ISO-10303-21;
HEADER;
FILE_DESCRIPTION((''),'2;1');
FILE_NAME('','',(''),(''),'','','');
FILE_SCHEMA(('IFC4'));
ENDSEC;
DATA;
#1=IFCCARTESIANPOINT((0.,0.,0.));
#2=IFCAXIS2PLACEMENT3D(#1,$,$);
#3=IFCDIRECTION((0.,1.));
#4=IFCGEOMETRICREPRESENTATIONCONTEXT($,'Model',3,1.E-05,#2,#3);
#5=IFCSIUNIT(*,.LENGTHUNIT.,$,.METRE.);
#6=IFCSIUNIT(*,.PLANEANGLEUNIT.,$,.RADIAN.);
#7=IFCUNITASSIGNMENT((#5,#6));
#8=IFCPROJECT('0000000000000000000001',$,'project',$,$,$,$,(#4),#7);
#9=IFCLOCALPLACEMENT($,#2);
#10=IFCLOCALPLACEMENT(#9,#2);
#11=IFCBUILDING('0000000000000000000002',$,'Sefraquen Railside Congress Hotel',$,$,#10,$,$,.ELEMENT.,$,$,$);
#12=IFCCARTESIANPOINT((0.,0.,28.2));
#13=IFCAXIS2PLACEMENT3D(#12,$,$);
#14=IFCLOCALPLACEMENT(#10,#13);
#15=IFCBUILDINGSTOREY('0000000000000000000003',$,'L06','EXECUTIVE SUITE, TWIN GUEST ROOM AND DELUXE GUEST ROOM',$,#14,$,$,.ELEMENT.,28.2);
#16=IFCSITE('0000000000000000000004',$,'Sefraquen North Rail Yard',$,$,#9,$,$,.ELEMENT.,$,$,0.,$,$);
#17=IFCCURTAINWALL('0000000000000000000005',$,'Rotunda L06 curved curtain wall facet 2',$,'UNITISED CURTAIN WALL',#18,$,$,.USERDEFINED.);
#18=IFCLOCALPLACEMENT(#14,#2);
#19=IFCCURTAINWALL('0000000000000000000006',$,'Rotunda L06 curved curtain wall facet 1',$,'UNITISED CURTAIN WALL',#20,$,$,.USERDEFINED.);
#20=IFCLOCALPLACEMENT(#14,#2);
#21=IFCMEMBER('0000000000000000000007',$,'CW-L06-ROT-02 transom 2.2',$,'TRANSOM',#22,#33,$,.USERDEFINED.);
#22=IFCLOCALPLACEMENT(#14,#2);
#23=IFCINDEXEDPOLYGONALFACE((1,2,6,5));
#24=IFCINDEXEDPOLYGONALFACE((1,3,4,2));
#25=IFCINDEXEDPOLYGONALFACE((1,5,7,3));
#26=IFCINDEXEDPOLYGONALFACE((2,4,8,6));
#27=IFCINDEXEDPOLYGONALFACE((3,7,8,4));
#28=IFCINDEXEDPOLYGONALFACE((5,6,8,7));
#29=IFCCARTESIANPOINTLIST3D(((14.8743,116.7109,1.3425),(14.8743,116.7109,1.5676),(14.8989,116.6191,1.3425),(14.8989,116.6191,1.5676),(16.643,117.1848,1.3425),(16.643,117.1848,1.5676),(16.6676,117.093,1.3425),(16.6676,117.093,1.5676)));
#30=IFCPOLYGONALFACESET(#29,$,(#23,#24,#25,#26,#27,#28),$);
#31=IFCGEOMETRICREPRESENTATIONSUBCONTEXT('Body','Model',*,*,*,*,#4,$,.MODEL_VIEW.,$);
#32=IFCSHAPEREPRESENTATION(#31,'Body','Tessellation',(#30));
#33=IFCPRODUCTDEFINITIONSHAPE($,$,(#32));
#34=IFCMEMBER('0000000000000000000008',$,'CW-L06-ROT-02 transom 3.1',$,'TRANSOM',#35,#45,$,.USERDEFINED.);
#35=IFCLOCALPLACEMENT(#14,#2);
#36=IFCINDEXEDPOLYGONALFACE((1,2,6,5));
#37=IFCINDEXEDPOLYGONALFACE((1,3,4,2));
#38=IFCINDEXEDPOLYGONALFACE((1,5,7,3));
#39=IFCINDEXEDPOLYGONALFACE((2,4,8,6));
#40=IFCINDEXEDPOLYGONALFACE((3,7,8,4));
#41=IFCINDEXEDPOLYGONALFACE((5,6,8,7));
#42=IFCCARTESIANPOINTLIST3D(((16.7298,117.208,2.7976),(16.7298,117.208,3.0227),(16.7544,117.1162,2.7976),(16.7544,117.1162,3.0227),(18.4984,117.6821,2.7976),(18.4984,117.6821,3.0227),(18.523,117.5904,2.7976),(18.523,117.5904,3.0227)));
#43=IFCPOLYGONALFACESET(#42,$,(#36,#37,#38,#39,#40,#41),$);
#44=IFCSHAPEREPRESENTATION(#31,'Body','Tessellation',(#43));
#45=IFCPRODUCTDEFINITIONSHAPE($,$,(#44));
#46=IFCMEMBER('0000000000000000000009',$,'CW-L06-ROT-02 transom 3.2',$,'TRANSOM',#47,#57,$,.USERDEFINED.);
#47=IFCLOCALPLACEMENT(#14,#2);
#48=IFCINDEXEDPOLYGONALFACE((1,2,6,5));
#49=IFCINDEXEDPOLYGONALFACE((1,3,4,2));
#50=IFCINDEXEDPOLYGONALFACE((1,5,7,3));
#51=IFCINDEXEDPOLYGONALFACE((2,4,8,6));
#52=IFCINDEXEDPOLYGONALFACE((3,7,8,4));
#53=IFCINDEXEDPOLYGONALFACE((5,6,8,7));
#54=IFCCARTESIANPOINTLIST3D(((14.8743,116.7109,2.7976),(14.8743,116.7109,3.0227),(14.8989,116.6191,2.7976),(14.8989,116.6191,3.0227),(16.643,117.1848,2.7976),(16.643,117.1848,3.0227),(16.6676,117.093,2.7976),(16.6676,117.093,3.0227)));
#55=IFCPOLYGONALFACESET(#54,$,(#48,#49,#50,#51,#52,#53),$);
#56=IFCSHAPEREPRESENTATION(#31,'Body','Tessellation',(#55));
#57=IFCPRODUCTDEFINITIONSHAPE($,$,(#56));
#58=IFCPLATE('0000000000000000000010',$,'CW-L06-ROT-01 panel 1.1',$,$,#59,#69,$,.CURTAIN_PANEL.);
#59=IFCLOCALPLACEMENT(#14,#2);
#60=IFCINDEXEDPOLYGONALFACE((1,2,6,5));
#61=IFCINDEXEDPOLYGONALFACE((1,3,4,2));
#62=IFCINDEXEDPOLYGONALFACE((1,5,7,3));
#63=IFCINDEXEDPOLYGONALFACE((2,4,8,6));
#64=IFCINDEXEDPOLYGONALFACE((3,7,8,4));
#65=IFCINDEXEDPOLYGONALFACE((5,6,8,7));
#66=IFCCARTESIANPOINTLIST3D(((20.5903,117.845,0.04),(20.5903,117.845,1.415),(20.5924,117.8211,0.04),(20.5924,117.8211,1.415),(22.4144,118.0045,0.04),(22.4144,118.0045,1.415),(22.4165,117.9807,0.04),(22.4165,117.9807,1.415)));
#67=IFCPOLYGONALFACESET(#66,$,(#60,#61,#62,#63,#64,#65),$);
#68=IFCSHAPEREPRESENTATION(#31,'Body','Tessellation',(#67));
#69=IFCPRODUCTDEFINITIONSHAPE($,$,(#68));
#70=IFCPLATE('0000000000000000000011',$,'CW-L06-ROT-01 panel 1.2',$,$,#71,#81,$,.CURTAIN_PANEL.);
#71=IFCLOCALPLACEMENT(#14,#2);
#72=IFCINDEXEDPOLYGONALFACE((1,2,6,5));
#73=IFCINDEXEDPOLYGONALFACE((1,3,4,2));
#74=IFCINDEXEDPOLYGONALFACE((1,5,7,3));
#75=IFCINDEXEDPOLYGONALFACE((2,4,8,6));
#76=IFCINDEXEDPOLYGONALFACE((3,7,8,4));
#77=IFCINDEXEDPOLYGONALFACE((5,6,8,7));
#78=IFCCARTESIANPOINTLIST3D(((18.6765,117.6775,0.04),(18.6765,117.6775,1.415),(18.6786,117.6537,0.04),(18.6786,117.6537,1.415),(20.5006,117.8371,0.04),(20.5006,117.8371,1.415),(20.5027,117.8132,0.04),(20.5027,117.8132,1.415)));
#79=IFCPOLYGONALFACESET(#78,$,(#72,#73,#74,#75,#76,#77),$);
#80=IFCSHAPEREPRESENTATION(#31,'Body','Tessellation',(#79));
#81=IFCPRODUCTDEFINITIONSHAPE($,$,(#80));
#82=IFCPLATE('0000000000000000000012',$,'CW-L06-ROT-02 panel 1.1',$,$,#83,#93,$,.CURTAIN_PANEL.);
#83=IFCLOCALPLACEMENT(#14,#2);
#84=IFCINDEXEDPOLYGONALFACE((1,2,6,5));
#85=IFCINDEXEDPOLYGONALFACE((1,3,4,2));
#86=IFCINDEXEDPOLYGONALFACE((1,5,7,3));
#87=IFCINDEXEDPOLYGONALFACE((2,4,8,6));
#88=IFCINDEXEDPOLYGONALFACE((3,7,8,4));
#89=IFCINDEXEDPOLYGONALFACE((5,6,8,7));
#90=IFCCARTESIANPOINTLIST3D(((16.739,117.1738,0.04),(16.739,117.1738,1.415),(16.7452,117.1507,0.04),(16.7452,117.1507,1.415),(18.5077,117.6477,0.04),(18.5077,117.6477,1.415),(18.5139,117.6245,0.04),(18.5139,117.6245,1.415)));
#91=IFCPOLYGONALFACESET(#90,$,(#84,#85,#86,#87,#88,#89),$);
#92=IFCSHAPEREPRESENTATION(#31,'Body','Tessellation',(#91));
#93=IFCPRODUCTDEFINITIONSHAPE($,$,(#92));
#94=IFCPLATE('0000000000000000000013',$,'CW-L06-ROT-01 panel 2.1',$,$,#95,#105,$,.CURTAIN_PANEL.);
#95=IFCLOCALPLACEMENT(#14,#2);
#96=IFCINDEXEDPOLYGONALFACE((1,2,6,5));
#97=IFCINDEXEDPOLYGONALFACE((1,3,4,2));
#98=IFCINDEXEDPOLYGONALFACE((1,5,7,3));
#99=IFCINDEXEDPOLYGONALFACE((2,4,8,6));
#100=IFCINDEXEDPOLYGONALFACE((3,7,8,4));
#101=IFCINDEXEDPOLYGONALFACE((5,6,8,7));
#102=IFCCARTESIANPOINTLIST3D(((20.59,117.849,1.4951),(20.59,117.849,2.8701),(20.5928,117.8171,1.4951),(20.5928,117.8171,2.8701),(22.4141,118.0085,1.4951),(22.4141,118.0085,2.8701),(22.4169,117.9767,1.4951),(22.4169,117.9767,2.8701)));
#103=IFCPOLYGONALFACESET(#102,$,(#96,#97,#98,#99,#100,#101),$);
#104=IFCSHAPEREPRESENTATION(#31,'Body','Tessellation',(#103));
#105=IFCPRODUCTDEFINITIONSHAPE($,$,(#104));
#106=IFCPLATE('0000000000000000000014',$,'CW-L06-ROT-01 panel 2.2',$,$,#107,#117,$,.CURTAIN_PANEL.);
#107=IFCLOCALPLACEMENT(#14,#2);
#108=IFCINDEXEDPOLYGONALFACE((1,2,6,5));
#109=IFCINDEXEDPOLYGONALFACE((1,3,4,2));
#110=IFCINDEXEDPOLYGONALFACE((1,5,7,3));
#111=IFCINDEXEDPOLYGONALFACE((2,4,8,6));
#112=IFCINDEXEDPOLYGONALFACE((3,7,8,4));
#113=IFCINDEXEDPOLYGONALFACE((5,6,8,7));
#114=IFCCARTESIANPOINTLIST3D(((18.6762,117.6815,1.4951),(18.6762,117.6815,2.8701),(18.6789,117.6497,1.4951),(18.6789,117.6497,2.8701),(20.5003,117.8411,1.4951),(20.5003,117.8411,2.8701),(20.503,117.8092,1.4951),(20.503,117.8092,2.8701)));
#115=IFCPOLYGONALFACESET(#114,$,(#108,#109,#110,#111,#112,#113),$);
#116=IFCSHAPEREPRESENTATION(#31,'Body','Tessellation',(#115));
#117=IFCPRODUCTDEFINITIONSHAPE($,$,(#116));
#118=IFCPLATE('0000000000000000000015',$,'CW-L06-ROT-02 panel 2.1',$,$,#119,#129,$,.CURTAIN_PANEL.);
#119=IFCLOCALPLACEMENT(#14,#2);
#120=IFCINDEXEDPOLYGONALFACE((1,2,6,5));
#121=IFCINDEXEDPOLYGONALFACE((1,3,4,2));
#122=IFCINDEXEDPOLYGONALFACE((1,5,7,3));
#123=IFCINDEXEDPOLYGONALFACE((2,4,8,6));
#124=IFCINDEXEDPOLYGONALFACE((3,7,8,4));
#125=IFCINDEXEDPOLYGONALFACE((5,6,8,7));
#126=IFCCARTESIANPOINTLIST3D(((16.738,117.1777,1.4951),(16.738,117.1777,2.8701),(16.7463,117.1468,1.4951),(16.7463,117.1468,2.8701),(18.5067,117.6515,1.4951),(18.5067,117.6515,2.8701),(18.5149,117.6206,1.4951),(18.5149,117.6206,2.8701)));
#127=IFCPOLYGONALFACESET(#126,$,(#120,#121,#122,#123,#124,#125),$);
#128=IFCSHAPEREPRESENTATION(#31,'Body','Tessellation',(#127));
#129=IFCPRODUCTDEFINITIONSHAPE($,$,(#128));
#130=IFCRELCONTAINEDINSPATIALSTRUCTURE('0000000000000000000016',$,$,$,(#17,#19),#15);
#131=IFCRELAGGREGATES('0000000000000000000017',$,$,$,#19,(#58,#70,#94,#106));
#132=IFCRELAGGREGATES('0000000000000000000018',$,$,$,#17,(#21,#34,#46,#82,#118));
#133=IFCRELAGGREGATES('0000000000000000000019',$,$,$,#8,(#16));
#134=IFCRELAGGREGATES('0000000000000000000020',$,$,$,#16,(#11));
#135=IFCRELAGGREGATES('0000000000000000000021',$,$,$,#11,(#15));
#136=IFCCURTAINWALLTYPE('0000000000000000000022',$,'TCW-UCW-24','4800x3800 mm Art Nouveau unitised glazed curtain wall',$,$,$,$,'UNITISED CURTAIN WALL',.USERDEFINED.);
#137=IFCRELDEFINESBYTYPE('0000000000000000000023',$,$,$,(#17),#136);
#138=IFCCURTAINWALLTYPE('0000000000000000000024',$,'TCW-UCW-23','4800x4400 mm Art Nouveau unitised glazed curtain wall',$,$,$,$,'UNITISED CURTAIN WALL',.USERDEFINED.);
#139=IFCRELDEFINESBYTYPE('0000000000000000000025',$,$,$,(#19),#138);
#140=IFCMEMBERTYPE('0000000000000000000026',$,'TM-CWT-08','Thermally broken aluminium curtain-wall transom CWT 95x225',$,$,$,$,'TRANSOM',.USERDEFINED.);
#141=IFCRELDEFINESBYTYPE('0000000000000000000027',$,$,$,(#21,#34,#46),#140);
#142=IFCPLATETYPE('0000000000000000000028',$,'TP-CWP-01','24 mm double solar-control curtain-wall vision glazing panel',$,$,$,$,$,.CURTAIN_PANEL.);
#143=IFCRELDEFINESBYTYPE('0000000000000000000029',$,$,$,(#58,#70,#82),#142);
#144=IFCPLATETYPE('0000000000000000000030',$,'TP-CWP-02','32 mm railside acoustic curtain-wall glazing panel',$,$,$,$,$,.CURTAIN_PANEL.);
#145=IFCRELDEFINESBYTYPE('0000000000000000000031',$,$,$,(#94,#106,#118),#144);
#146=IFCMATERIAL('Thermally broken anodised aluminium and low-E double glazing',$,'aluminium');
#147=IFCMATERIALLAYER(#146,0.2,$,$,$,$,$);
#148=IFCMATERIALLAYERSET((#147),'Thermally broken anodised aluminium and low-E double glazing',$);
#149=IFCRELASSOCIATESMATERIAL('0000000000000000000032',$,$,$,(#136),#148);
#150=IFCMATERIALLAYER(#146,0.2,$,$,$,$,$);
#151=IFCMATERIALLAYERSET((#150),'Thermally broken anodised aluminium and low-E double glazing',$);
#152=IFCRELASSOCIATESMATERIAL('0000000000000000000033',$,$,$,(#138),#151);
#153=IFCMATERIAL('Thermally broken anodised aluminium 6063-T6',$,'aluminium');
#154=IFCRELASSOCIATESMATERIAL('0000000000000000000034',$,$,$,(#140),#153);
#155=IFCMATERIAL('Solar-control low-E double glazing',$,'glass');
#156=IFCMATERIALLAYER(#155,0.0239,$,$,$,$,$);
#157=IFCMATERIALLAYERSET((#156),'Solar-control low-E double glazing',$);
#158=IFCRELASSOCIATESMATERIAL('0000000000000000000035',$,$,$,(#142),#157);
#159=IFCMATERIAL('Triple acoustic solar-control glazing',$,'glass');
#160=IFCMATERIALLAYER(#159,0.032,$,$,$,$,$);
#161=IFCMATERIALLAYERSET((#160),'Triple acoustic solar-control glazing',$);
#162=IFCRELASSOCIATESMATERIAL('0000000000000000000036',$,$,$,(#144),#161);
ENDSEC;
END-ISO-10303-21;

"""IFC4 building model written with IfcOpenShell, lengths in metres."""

from ifc_helpers import new_model, si_unit, direction, frame, origin, origin_2d, place, context, subcontext, project, spatial, rectangle, extrude, material, layer, layer_set, material_profile, profile_set, type_object, element, aggregate, save


model = new_model("IFC4")

# Units and contexts
model_context = context("Model", 3, precision=1e-05, world=origin(), true_north=direction((0.0, 1.0)))
body_context = subcontext(model_context, "Body", "Model", "MODEL_VIEW")
ifc_project = project(units=[si_unit("LENGTHUNIT", "METRE"), si_unit("PLANEANGLEUNIT", "RADIAN")], contexts=[model_context])

# Site, building, storey
site_placement = place(None, origin())
site = spatial("IfcSite", under=ifc_project, at=site_placement, Name="Sefraquen North Rail Yard", CompositionType="ELEMENT", RefElevation=0.0)
building_placement = place(site_placement, origin())
building = spatial("IfcBuilding", under=site, at=building_placement, Name="Sefraquen Railside Congress Hotel", CompositionType="ELEMENT")
storey_placement = place(building_placement, frame((0.0, 0.0, 28.2)))
storey = spatial("IfcBuildingStorey", under=building, at=storey_placement, Name="L06", Description="EXECUTIVE SUITE, TWIN GUEST ROOM AND DELUXE GUEST ROOM", CompositionType="ELEMENT", Elevation=28.2)

# Curtain wall
ifc_material_1 = material(Name="Thermally broken anodised aluminium and low-E double glazing", Category="aluminium")
ifc_layer_1 = layer(ifc_material_1, 0.2)
ifc_layer_set_1 = layer_set([ifc_layer_1], Name="Thermally broken anodised aluminium and low-E double glazing")
curtain_wall_type_1 = type_object("IfcCurtainWallType", Name="TCW-UCW-24", Description="4800x3800 mm Art Nouveau unitised glazed curtain wall", ElementType="UNITISED CURTAIN WALL", PredefinedType="USERDEFINED", material=ifc_layer_set_1)
curtain_wall_1_placement = place(storey_placement, origin())
curtain_wall_1 = element("IfcCurtainWall", 1, at=curtain_wall_1_placement, inside=storey, type_object=curtain_wall_type_1, Name="Rotunda L06 curved curtain wall facet 2", ObjectType="UNITISED CURTAIN WALL", PredefinedType="USERDEFINED")
ifc_material_2 = material(Name="Thermally broken anodised aluminium 6063-T6", Category="aluminium")

# Curtain wall
ifc_layer_2 = layer(ifc_material_1, 0.2)
ifc_layer_set_2 = layer_set([ifc_layer_2], Name="Thermally broken anodised aluminium and low-E double glazing")
curtain_wall_type_2 = type_object("IfcCurtainWallType", Name="TCW-UCW-23", Description="4800x4400 mm Art Nouveau unitised glazed curtain wall", ElementType="UNITISED CURTAIN WALL", PredefinedType="USERDEFINED", material=ifc_layer_set_2)
curtain_wall_2_placement = place(storey_placement, origin())
curtain_wall_2 = element("IfcCurtainWall", 2, at=curtain_wall_2_placement, inside=storey, type_object=curtain_wall_type_2, Name="Rotunda L06 curved curtain wall facet 1", ObjectType="UNITISED CURTAIN WALL", PredefinedType="USERDEFINED")

# Members
ifc_material_profile_1 = material_profile(ifc_material_2, rectangle(XDim=0.095, YDim=0.2251, at=origin_2d()), Name="CWT 95x225")
ifc_profile_set_1 = profile_set([ifc_material_profile_1], Name="Thermally broken anodised aluminium 6063-T6")
member_type_1 = type_object("IfcMemberType", Name="TM-CWT-08", Description="Thermally broken aluminium curtain-wall transom CWT 95x225", ElementType="TRANSOM", PredefinedType="USERDEFINED", material=ifc_profile_set_1)
member_1_placement = place(storey_placement, frame((16.6553, 117.1389, 1.4551), z_axis=(-0.965927, -0.258816, 0.0), x_axis=(0.258816, -0.965927, 0.0)))
member_1 = element("IfcMember", 3, at=member_1_placement, type_object=member_type_1, Name="CW-L06-ROT-02 transom 2.2", ObjectType="TRANSOM", PredefinedType="USERDEFINED", context=body_context, shape_type="SweptSolid", body=[
    extrude(rectangle(XDim=0.095, YDim=0.2251, at=origin_2d()), origin(), (0.0, 0.0, 1.0), 1.8311),
])
member_2_placement = place(storey_placement, frame((18.5107, 117.6362, 2.9102), z_axis=(-0.965893, -0.25894, 0.0), x_axis=(0.25894, -0.965893, 0.0)))
member_2 = element("IfcMember", 4, at=member_2_placement, type_object=member_type_1, Name="CW-L06-ROT-02 transom 3.1", ObjectType="TRANSOM", PredefinedType="USERDEFINED", context=body_context, shape_type="SweptSolid", body=[
    extrude(rectangle(XDim=0.095, YDim=0.2251, at=origin_2d()), origin(), (0.0, 0.0, 1.0), 1.8311),
])
member_3_placement = place(storey_placement, frame((16.6553, 117.1389, 2.9102), z_axis=(-0.965927, -0.258816, 0.0), x_axis=(0.258816, -0.965927, 0.0)))
member_3 = element("IfcMember", 5, at=member_3_placement, type_object=member_type_1, Name="CW-L06-ROT-02 transom 3.2", ObjectType="TRANSOM", PredefinedType="USERDEFINED", context=body_context, shape_type="SweptSolid", body=[
    extrude(rectangle(XDim=0.095, YDim=0.2251, at=origin_2d()), origin(), (0.0, 0.0, 1.0), 1.8311),
])

# Plates
ifc_material_3 = material(Name="Solar-control low-E double glazing", Category="glass")
ifc_layer_3 = layer(ifc_material_3, 0.0239)
ifc_layer_set_3 = layer_set([ifc_layer_3], Name="Solar-control low-E double glazing")
plate_type_1 = type_object("IfcPlateType", Name="TP-CWP-01", Description="24 mm double solar-control curtain-wall vision glazing panel", PredefinedType="CURTAIN_PANEL", material=ifc_layer_set_3)
plate_1_placement = place(storey_placement, frame((21.5034, 117.9128, 0.04), z_axis=(0.0, 0.0, 1.0), x_axis=(-0.996196, -0.087138, 0.0)))
plate_1 = element("IfcPlate", 6, at=plate_1_placement, type_object=plate_type_1, Name="CW-L06-ROT-01 panel 1.1", PredefinedType="CURTAIN_PANEL", context=body_context, shape_type="SweptSolid", body=[
    extrude(rectangle(XDim=1.8311, YDim=0.0239, at=origin_2d()), origin(), (0.0, 0.0, 1.0), 1.375),
])
plate_2_placement = place(storey_placement, frame((19.5896, 117.7454, 0.04), z_axis=(0.0, 0.0, 1.0), x_axis=(-0.996196, -0.087138, 0.0)))
plate_2 = element("IfcPlate", 7, at=plate_2_placement, type_object=plate_type_1, Name="CW-L06-ROT-01 panel 1.2", PredefinedType="CURTAIN_PANEL", context=body_context, shape_type="SweptSolid", body=[
    extrude(rectangle(XDim=1.8311, YDim=0.0239, at=origin_2d()), origin(), (0.0, 0.0, 1.0), 1.375),
])
plate_3_placement = place(storey_placement, frame((17.6265, 117.3992, 0.04), z_axis=(0.0, 0.0, 1.0), x_axis=(-0.965935, -0.258785, 0.0)))
plate_3 = element("IfcPlate", 8, at=plate_3_placement, type_object=plate_type_1, Name="CW-L06-ROT-02 panel 1.1", PredefinedType="CURTAIN_PANEL", context=body_context, shape_type="SweptSolid", body=[
    extrude(rectangle(XDim=1.8311, YDim=0.0239, at=origin_2d()), origin(), (0.0, 0.0, 1.0), 1.375),
])
ifc_material_4 = material(Name="Triple acoustic solar-control glazing", Category="glass")
ifc_layer_4 = layer(ifc_material_4, 0.032)
ifc_layer_set_4 = layer_set([ifc_layer_4], Name="Triple acoustic solar-control glazing")
plate_type_2 = type_object("IfcPlateType", Name="TP-CWP-02", Description="32 mm railside acoustic curtain-wall glazing panel", PredefinedType="CURTAIN_PANEL", material=ifc_layer_set_4)
plate_4_placement = place(storey_placement, frame((21.5034, 117.9128, 1.4951), z_axis=(0.0, 0.0, 1.0), x_axis=(-0.996196, -0.087138, 0.0)))
plate_4 = element("IfcPlate", 9, at=plate_4_placement, type_object=plate_type_2, Name="CW-L06-ROT-01 panel 2.1", PredefinedType="CURTAIN_PANEL", context=body_context, shape_type="SweptSolid", body=[
    extrude(rectangle(XDim=1.8311, YDim=0.032, at=origin_2d()), origin(), (0.0, 0.0, 1.0), 1.375),
])
plate_5_placement = place(storey_placement, frame((19.5896, 117.7454, 1.4951), z_axis=(0.0, 0.0, 1.0), x_axis=(-0.996196, -0.087138, 0.0)))
plate_5 = element("IfcPlate", 10, at=plate_5_placement, type_object=plate_type_2, Name="CW-L06-ROT-01 panel 2.2", PredefinedType="CURTAIN_PANEL", context=body_context, shape_type="SweptSolid", body=[
    extrude(rectangle(XDim=1.8311, YDim=0.032, at=origin_2d()), origin(), (0.0, 0.0, 1.0), 1.375),
])
aggregate(curtain_wall_2, [plate_1, plate_2, plate_4, plate_5])
plate_6_placement = place(storey_placement, frame((17.6265, 117.3992, 1.4951), z_axis=(0.0, 0.0, 1.0), x_axis=(-0.965935, -0.258785, 0.0)))
plate_6 = element("IfcPlate", 11, at=plate_6_placement, type_object=plate_type_2, Name="CW-L06-ROT-02 panel 2.1", PredefinedType="CURTAIN_PANEL", context=body_context, shape_type="SweptSolid", body=[
    extrude(rectangle(XDim=1.8311, YDim=0.032, at=origin_2d()), origin(), (0.0, 0.0, 1.0), 1.375),
])
aggregate(curtain_wall_1, [member_1, member_2, member_3, plate_3, plate_6])

save(model, "model.ifc")
